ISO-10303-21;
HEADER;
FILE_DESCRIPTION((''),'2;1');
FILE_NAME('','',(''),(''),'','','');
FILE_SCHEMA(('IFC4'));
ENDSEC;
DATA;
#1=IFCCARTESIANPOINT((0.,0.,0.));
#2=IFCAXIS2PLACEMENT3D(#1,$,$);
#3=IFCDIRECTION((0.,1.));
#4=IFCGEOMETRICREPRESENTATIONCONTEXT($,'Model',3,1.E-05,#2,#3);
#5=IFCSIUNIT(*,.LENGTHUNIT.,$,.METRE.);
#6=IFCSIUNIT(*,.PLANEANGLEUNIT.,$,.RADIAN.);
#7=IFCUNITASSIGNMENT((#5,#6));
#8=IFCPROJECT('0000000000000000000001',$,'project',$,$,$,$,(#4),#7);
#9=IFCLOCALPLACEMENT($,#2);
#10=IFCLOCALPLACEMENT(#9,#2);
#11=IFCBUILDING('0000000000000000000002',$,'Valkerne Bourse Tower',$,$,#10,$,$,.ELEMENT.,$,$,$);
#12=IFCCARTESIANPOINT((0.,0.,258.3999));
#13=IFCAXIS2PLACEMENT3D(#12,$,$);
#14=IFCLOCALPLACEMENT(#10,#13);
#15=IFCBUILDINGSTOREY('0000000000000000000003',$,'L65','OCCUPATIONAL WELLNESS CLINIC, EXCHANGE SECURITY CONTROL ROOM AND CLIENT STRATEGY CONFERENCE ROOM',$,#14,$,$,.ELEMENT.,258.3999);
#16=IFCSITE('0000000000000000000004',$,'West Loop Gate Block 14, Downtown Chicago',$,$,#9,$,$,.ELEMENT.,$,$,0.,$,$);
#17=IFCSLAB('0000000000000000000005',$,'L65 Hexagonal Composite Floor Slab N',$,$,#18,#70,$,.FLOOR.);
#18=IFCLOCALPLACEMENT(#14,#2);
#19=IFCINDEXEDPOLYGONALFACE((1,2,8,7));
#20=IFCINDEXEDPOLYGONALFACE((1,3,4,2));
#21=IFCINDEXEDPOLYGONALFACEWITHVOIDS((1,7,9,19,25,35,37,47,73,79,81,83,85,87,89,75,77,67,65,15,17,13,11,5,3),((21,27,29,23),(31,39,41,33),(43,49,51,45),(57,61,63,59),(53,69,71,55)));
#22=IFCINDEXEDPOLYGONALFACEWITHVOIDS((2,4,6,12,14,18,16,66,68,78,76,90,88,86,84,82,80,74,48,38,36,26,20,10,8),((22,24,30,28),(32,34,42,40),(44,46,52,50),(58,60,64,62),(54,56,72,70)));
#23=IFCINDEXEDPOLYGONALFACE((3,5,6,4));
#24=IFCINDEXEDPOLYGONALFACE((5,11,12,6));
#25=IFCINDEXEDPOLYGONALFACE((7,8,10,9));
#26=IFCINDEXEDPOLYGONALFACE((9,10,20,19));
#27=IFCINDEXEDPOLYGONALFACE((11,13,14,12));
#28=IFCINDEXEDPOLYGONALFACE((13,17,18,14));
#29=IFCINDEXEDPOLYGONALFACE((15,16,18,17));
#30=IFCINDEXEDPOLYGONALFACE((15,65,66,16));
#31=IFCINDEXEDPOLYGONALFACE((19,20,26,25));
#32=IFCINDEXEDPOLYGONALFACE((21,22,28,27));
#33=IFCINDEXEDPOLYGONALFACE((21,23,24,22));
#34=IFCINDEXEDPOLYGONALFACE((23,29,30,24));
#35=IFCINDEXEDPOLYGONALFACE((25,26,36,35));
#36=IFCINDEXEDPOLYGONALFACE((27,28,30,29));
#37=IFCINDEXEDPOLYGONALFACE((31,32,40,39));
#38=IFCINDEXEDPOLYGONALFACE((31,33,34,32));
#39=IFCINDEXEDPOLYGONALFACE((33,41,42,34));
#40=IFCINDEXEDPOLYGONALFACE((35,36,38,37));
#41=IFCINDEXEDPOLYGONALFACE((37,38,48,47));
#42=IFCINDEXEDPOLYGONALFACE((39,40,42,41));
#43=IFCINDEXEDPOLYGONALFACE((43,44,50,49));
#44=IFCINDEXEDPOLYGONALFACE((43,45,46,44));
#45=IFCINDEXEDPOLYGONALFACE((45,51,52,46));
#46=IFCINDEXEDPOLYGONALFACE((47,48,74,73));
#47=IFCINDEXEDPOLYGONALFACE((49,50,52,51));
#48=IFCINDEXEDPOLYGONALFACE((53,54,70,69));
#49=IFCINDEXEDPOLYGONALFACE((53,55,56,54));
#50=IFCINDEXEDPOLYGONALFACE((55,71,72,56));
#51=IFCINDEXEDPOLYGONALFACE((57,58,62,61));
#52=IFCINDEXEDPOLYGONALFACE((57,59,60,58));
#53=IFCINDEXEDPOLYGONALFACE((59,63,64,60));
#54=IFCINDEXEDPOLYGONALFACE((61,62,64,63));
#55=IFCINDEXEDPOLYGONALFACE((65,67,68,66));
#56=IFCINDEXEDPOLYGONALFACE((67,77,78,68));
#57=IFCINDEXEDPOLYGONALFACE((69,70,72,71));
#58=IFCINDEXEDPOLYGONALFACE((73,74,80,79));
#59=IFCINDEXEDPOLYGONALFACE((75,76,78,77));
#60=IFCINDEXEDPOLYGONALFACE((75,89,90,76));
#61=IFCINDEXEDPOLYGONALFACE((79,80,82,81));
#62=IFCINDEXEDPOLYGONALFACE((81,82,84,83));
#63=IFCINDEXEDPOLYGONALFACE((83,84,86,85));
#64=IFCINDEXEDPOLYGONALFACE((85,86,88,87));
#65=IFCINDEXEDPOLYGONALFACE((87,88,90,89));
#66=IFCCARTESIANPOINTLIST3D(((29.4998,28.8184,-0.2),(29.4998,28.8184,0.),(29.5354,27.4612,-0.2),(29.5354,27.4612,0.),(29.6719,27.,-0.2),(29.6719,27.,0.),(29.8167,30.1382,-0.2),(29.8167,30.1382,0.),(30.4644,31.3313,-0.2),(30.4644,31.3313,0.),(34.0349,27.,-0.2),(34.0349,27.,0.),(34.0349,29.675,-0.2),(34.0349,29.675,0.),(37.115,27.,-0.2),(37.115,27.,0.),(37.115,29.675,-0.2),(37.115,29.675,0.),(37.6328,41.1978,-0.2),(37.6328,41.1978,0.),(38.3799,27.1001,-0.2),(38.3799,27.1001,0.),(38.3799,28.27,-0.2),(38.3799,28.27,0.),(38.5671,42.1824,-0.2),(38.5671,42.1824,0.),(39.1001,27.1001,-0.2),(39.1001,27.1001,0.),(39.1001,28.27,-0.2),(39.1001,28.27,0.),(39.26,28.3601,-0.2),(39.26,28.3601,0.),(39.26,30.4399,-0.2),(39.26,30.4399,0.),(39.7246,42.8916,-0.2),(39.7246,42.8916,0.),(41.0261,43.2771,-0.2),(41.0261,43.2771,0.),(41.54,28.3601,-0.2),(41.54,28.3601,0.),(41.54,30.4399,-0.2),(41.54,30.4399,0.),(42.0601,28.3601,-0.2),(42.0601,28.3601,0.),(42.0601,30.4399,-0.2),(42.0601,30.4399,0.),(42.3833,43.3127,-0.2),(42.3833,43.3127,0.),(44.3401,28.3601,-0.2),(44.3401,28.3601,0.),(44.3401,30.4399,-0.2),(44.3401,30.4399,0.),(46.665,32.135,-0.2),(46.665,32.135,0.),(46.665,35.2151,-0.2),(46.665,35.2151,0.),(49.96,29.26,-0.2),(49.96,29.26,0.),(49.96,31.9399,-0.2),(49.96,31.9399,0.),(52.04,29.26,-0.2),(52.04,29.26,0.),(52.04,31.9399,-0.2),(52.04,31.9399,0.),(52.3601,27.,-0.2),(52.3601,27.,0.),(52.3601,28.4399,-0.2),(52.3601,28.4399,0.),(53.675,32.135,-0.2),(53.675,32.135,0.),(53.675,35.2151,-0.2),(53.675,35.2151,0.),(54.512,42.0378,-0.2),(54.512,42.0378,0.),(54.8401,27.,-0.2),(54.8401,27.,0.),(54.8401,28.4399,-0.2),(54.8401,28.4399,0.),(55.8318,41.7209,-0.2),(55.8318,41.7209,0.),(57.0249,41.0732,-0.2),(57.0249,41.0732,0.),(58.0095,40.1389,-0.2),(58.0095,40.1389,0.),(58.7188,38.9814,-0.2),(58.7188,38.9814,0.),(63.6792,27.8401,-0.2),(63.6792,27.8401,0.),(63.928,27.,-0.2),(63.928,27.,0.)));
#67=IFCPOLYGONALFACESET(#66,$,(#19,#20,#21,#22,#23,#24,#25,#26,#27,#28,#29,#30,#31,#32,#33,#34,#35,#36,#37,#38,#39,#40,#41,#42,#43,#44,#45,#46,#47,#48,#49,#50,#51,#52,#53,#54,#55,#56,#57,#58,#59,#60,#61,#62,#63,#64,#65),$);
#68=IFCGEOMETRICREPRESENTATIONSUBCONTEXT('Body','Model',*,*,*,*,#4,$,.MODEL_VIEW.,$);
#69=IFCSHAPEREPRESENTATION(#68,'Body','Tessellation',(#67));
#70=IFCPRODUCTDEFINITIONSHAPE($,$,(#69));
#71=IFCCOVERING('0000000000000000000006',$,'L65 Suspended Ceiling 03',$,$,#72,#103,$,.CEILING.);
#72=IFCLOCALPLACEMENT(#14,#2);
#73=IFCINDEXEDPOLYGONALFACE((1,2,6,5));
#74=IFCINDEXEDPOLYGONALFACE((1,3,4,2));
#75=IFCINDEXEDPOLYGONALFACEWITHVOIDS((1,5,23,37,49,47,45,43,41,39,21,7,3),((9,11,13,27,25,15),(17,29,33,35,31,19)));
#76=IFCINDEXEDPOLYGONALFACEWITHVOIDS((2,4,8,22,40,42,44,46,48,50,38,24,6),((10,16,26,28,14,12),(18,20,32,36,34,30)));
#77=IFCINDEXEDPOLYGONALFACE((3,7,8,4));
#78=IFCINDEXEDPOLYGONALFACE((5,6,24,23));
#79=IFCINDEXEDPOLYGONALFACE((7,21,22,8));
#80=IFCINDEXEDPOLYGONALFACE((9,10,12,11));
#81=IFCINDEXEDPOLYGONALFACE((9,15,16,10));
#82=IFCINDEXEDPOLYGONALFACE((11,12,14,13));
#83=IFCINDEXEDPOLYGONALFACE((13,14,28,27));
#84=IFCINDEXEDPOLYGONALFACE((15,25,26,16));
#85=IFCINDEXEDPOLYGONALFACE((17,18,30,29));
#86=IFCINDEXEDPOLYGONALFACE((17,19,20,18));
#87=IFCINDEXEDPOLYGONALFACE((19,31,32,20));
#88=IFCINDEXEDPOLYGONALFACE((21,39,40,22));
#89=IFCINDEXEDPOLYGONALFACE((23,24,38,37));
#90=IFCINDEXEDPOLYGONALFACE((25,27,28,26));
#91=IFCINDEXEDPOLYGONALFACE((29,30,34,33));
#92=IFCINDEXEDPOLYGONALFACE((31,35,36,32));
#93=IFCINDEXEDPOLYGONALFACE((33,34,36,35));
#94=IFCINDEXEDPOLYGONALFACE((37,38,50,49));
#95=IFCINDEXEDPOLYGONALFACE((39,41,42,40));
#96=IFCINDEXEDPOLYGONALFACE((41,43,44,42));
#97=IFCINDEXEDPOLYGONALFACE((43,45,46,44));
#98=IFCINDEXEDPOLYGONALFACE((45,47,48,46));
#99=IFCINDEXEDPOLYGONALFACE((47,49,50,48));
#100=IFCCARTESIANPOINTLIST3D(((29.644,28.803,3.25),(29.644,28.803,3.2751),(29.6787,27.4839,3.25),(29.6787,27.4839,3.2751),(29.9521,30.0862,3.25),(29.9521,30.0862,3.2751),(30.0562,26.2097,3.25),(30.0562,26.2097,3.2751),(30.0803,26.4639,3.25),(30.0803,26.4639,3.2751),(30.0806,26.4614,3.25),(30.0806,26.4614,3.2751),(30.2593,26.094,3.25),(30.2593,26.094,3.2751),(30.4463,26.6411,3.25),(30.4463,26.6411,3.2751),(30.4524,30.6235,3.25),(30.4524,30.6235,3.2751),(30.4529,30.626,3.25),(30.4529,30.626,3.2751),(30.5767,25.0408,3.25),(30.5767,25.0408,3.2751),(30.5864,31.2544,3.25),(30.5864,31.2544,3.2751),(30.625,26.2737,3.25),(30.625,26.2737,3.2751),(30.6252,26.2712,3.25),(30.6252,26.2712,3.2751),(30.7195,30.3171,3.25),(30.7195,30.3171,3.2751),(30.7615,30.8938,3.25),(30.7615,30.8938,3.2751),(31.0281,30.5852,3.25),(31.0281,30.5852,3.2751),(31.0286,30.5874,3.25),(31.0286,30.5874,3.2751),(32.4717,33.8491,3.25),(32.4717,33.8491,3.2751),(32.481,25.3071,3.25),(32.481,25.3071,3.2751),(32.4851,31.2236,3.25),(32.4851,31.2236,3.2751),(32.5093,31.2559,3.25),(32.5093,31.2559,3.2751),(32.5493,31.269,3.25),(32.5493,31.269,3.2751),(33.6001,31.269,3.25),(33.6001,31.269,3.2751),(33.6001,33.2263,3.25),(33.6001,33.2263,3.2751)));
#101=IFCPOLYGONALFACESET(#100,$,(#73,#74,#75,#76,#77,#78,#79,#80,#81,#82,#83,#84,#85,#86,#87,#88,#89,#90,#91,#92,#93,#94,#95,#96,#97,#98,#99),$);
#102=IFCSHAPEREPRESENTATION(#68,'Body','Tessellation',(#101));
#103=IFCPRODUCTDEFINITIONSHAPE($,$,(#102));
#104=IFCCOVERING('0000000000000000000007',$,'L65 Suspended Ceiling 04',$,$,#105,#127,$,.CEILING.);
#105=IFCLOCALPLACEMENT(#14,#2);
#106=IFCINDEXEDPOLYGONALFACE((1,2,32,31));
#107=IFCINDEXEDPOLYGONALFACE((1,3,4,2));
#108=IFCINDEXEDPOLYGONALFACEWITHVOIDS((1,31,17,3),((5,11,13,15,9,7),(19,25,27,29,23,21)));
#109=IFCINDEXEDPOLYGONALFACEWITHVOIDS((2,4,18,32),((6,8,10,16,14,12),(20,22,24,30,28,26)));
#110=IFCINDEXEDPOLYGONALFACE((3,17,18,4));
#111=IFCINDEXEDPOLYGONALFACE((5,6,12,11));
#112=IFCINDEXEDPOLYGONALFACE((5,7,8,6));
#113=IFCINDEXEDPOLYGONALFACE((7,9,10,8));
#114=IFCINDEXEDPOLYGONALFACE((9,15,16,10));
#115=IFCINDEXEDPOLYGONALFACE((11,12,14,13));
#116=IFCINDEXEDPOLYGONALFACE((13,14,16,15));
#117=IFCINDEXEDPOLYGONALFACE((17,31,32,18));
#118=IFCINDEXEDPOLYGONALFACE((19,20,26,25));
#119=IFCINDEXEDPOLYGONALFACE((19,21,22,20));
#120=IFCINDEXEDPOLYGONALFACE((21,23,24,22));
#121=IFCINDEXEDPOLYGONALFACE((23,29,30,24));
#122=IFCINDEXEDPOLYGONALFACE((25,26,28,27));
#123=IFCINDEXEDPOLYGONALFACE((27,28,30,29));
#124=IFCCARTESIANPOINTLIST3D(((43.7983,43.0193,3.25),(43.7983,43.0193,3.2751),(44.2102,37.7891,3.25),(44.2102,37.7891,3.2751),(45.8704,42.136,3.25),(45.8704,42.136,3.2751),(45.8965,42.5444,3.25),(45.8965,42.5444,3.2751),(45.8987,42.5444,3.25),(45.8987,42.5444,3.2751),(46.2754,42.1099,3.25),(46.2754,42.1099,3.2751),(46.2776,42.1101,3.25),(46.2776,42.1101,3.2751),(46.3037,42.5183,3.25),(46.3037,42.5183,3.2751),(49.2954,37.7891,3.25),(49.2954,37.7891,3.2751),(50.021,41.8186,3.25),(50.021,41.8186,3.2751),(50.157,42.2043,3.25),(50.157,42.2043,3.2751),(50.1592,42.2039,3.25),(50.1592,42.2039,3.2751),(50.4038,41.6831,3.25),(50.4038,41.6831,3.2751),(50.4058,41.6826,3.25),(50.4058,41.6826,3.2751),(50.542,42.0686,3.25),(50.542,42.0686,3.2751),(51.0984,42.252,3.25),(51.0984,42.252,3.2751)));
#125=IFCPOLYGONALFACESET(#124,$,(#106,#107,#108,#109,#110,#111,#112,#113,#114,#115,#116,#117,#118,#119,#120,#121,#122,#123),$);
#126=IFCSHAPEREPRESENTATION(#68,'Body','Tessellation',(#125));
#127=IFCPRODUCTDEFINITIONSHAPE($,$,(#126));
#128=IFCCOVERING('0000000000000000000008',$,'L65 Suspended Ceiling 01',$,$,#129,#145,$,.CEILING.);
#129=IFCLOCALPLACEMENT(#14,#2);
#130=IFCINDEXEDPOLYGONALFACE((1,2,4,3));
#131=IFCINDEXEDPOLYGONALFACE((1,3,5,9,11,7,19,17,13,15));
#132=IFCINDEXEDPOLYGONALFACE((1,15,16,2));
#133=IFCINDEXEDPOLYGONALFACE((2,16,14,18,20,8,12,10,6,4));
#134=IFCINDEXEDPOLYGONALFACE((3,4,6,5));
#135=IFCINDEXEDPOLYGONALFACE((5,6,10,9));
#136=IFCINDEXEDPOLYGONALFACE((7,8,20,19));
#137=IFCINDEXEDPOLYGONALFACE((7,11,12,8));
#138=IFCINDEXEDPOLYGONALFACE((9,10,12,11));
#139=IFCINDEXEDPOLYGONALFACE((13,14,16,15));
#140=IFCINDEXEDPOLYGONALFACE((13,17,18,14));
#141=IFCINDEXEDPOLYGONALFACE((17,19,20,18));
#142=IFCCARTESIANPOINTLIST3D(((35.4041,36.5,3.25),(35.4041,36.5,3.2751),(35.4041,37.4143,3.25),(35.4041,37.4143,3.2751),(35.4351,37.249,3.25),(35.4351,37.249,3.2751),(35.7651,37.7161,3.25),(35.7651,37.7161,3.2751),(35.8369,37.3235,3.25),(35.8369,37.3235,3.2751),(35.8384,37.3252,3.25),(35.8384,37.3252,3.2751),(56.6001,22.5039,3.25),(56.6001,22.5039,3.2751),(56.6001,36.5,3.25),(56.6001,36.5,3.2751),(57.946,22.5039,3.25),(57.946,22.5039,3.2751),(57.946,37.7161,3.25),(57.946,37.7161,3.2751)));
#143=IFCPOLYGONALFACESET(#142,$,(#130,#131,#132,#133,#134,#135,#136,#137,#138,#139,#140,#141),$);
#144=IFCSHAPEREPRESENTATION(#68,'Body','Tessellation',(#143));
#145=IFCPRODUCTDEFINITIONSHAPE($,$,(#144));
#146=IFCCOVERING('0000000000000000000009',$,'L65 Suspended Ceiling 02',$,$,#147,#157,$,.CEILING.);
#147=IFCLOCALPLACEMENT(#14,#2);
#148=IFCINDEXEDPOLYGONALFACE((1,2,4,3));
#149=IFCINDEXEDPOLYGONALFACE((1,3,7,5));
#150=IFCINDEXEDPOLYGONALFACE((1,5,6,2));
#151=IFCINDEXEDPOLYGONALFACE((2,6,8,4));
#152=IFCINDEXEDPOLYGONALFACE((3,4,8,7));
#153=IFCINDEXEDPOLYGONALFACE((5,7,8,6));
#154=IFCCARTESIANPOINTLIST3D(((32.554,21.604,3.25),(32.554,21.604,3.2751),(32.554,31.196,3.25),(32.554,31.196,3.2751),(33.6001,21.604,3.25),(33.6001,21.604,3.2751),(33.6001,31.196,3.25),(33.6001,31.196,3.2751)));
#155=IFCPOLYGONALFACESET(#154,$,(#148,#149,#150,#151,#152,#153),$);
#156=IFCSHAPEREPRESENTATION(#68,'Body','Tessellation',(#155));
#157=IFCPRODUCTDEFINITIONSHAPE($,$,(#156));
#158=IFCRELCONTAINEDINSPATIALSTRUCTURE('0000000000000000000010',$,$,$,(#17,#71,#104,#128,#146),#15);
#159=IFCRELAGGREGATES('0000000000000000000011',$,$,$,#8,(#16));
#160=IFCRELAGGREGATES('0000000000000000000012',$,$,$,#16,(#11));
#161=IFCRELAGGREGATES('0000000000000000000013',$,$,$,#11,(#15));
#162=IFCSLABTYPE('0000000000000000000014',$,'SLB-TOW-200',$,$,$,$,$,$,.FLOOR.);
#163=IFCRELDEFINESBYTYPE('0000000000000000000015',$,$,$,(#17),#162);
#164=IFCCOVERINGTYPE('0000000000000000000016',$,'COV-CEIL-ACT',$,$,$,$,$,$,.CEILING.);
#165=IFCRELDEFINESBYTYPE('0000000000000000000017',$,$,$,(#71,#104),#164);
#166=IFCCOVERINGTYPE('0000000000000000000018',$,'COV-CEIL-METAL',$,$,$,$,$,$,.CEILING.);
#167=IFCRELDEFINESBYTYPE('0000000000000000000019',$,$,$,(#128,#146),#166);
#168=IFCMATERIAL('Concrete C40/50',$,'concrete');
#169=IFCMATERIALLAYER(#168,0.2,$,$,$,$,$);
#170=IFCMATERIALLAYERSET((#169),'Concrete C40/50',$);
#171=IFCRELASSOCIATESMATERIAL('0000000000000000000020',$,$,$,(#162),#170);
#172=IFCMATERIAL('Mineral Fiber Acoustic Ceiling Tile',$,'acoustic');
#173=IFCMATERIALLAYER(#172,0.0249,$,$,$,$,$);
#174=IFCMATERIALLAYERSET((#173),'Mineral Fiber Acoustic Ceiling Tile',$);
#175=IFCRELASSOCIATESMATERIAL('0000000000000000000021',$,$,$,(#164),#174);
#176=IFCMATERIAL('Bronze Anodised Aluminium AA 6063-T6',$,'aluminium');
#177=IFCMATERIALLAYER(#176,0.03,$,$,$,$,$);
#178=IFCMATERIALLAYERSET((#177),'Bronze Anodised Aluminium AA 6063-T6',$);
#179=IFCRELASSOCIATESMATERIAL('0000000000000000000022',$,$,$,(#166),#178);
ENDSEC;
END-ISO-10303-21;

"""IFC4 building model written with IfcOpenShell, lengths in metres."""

from ifc_helpers import new_model, si_unit, direction, frame, origin, place, context, subcontext, project, spatial, polyline, outline, extrude, material, layer, layer_set, type_object, element, save


model = new_model("IFC4")

# Units and contexts
model_context = context("Model", 3, precision=1e-05, world=origin(), true_north=direction((0.0, 1.0)))
body_context = subcontext(model_context, "Body", "Model", "MODEL_VIEW")
ifc_project = project(units=[si_unit("LENGTHUNIT", "METRE"), si_unit("PLANEANGLEUNIT", "RADIAN")], contexts=[model_context])

# Site, building, storey
site_placement = place(None, origin())
site = spatial("IfcSite", under=ifc_project, at=site_placement, Name="West Loop Gate Block 14, Downtown Chicago", CompositionType="ELEMENT", RefElevation=0.0)
building_placement = place(site_placement, origin())
building = spatial("IfcBuilding", under=site, at=building_placement, Name="Valkerne Bourse Tower", CompositionType="ELEMENT")
storey_placement = place(building_placement, frame((0.0, 0.0, 258.3999)))
storey = spatial("IfcBuildingStorey", under=building, at=storey_placement, Name="L65", Description="OCCUPATIONAL WELLNESS CLINIC, EXCHANGE SECURITY CONTROL ROOM AND CLIENT STRATEGY CONFERENCE ROOM", CompositionType="ELEMENT", Elevation=258.3999)

# Shared definitions
ifc_material_1 = material(Name="Concrete C40/50", Category="concrete")

# Slab
ifc_layer_1 = layer(ifc_material_1, 0.2)
ifc_layer_set_1 = layer_set([ifc_layer_1], Name="Concrete C40/50")
slab_type_1 = type_object("IfcSlabType", Name="SLB-TOW-200", PredefinedType="FLOOR", material=ifc_layer_set_1)
slab_1_placement = place(storey_placement, frame((0.0, 0.0, -0.2)))
element("IfcSlab", 1, at=slab_1_placement, inside=storey, type_object=slab_type_1, Name="L65 Hexagonal Composite Floor Slab N", PredefinedType="FLOOR", context=body_context, shape_type="SweptSolid", body=[
    extrude(outline(polyline([(63.928, 27.0), (54.8401, 27.0), (54.8401, 28.4399), (52.3601, 28.4399), (52.3601, 27.0), (37.115, 27.0), (37.115, 29.675), (34.0349, 29.675), (34.0349, 27.0), (29.6719, 27.0), (29.5354, 27.4612), (29.4998, 28.8184), (29.8167, 30.1382), (30.4644, 31.3313), (37.6328, 41.1978), (38.5671, 42.1824), (39.7246, 42.8916), (41.0261, 43.2771), (42.3833, 43.3127), (54.512, 42.0378), (55.8318, 41.7209), (57.0249, 41.0732), (58.0095, 40.1389), (58.7188, 38.9814), (63.6792, 27.8401), (63.928, 27.0)]), holes=[polyline([(39.1001, 28.27), (38.3799, 28.27), (38.3799, 27.1001), (39.1001, 27.1001), (39.1001, 28.27)]), polyline([(41.54, 30.4399), (39.26, 30.4399), (39.26, 28.3601), (41.54, 28.3601), (41.54, 30.4399)]), polyline([(42.0601, 30.4399), (42.0601, 28.3601), (44.3401, 28.3601), (44.3401, 30.4399), (42.0601, 30.4399)]), polyline([(52.04, 31.9399), (49.96, 31.9399), (49.96, 29.26), (52.04, 29.26), (52.04, 31.9399)]), polyline([(53.675, 35.2151), (46.665, 35.2151), (46.665, 32.135), (53.675, 32.135), (53.675, 35.2151)])]), origin(), (0.0, 0.0, 1.0), 0.2),
])

# Coverings
ifc_material_2 = material(Name="Mineral Fiber Acoustic Ceiling Tile", Category="acoustic")
ifc_layer_2 = layer(ifc_material_2, 0.0249)
ifc_layer_set_2 = layer_set([ifc_layer_2], Name="Mineral Fiber Acoustic Ceiling Tile")
covering_type_1 = type_object("IfcCoveringType", Name="COV-CEIL-ACT", PredefinedType="CEILING", material=ifc_layer_set_2)
covering_1_placement = place(storey_placement, frame((0.0, 0.0, 3.25)))
element("IfcCovering", 2, at=covering_1_placement, inside=storey, type_object=covering_type_1, Name="L65 Suspended Ceiling 03", PredefinedType="CEILING", context=body_context, shape_type="SweptSolid", body=[
    extrude(outline(polyline([(29.644, 28.803), (29.9521, 30.0862), (30.5864, 31.2544), (32.4717, 33.8491), (33.6001, 33.2263), (33.6001, 31.269), (32.5493, 31.269), (32.5093, 31.2559), (32.4851, 31.2236), (32.481, 25.3071), (30.5767, 25.0408), (30.0562, 26.2097), (29.6787, 27.4839), (29.644, 28.803)]), holes=[polyline([(30.625, 26.2737), (30.4463, 26.6411), (30.0803, 26.4639), (30.0806, 26.4614), (30.2593, 26.094), (30.6252, 26.2712), (30.625, 26.2737)]), polyline([(31.0286, 30.5874), (30.7615, 30.8938), (30.4529, 30.626), (30.4524, 30.6235), (30.7195, 30.3171), (31.0281, 30.5852), (31.0286, 30.5874)])]), origin(), (0.0, 0.0, 1.0), 0.0251),
])
covering_2_placement = place(storey_placement, frame((0.0, 0.0, 3.25)))
element("IfcCovering", 3, at=covering_2_placement, inside=storey, type_object=covering_type_1, Name="L65 Suspended Ceiling 04", PredefinedType="CEILING", context=body_context, shape_type="SweptSolid", body=[
    extrude(outline(polyline([(44.2102, 37.7891), (43.7983, 43.0193), (51.0984, 42.252), (49.2954, 37.7891), (44.2102, 37.7891)]), holes=[polyline([(46.2776, 42.1101), (46.3037, 42.5183), (45.8987, 42.5444), (45.8965, 42.5444), (45.8704, 42.136), (46.2754, 42.1099), (46.2776, 42.1101)]), polyline([(50.542, 42.0686), (50.1592, 42.2039), (50.157, 42.2043), (50.021, 41.8186), (50.4038, 41.6831), (50.4058, 41.6826), (50.542, 42.0686)])]), origin(), (0.0, 0.0, 1.0), 0.0251),
])
ifc_material_3 = material(Name="Bronze Anodised Aluminium AA 6063-T6", Category="aluminium")
ifc_layer_3 = layer(ifc_material_3, 0.03)
ifc_layer_set_3 = layer_set([ifc_layer_3], Name="Bronze Anodised Aluminium AA 6063-T6")
covering_type_2 = type_object("IfcCoveringType", Name="COV-CEIL-METAL", PredefinedType="CEILING", material=ifc_layer_set_3)
covering_3_placement = place(storey_placement, frame((0.0, 0.0, 3.25)))
element("IfcCovering", 4, at=covering_3_placement, inside=storey, type_object=covering_type_2, Name="L65 Suspended Ceiling 01", PredefinedType="CEILING", context=body_context, shape_type="SweptSolid", body=[
    extrude(outline(polyline([(35.4041, 37.4143), (35.4351, 37.249), (35.8369, 37.3235), (35.8384, 37.3252), (35.7651, 37.7161), (57.946, 37.7161), (57.946, 22.5039), (56.6001, 22.5039), (56.6001, 36.5), (35.4041, 36.5), (35.4041, 37.4143)])), origin(), (0.0, 0.0, 1.0), 0.0251),
])
covering_4_placement = place(storey_placement, frame((0.0, 0.0, 3.25)))
element("IfcCovering", 5, at=covering_4_placement, inside=storey, type_object=covering_type_2, Name="L65 Suspended Ceiling 02", PredefinedType="CEILING", context=body_context, shape_type="SweptSolid", body=[
    extrude(outline(polyline([(32.554, 21.604), (32.554, 31.196), (33.6001, 31.196), (33.6001, 21.604), (32.554, 21.604)])), origin(), (0.0, 0.0, 1.0), 0.0251),
])

save(model, "model.ifc")
